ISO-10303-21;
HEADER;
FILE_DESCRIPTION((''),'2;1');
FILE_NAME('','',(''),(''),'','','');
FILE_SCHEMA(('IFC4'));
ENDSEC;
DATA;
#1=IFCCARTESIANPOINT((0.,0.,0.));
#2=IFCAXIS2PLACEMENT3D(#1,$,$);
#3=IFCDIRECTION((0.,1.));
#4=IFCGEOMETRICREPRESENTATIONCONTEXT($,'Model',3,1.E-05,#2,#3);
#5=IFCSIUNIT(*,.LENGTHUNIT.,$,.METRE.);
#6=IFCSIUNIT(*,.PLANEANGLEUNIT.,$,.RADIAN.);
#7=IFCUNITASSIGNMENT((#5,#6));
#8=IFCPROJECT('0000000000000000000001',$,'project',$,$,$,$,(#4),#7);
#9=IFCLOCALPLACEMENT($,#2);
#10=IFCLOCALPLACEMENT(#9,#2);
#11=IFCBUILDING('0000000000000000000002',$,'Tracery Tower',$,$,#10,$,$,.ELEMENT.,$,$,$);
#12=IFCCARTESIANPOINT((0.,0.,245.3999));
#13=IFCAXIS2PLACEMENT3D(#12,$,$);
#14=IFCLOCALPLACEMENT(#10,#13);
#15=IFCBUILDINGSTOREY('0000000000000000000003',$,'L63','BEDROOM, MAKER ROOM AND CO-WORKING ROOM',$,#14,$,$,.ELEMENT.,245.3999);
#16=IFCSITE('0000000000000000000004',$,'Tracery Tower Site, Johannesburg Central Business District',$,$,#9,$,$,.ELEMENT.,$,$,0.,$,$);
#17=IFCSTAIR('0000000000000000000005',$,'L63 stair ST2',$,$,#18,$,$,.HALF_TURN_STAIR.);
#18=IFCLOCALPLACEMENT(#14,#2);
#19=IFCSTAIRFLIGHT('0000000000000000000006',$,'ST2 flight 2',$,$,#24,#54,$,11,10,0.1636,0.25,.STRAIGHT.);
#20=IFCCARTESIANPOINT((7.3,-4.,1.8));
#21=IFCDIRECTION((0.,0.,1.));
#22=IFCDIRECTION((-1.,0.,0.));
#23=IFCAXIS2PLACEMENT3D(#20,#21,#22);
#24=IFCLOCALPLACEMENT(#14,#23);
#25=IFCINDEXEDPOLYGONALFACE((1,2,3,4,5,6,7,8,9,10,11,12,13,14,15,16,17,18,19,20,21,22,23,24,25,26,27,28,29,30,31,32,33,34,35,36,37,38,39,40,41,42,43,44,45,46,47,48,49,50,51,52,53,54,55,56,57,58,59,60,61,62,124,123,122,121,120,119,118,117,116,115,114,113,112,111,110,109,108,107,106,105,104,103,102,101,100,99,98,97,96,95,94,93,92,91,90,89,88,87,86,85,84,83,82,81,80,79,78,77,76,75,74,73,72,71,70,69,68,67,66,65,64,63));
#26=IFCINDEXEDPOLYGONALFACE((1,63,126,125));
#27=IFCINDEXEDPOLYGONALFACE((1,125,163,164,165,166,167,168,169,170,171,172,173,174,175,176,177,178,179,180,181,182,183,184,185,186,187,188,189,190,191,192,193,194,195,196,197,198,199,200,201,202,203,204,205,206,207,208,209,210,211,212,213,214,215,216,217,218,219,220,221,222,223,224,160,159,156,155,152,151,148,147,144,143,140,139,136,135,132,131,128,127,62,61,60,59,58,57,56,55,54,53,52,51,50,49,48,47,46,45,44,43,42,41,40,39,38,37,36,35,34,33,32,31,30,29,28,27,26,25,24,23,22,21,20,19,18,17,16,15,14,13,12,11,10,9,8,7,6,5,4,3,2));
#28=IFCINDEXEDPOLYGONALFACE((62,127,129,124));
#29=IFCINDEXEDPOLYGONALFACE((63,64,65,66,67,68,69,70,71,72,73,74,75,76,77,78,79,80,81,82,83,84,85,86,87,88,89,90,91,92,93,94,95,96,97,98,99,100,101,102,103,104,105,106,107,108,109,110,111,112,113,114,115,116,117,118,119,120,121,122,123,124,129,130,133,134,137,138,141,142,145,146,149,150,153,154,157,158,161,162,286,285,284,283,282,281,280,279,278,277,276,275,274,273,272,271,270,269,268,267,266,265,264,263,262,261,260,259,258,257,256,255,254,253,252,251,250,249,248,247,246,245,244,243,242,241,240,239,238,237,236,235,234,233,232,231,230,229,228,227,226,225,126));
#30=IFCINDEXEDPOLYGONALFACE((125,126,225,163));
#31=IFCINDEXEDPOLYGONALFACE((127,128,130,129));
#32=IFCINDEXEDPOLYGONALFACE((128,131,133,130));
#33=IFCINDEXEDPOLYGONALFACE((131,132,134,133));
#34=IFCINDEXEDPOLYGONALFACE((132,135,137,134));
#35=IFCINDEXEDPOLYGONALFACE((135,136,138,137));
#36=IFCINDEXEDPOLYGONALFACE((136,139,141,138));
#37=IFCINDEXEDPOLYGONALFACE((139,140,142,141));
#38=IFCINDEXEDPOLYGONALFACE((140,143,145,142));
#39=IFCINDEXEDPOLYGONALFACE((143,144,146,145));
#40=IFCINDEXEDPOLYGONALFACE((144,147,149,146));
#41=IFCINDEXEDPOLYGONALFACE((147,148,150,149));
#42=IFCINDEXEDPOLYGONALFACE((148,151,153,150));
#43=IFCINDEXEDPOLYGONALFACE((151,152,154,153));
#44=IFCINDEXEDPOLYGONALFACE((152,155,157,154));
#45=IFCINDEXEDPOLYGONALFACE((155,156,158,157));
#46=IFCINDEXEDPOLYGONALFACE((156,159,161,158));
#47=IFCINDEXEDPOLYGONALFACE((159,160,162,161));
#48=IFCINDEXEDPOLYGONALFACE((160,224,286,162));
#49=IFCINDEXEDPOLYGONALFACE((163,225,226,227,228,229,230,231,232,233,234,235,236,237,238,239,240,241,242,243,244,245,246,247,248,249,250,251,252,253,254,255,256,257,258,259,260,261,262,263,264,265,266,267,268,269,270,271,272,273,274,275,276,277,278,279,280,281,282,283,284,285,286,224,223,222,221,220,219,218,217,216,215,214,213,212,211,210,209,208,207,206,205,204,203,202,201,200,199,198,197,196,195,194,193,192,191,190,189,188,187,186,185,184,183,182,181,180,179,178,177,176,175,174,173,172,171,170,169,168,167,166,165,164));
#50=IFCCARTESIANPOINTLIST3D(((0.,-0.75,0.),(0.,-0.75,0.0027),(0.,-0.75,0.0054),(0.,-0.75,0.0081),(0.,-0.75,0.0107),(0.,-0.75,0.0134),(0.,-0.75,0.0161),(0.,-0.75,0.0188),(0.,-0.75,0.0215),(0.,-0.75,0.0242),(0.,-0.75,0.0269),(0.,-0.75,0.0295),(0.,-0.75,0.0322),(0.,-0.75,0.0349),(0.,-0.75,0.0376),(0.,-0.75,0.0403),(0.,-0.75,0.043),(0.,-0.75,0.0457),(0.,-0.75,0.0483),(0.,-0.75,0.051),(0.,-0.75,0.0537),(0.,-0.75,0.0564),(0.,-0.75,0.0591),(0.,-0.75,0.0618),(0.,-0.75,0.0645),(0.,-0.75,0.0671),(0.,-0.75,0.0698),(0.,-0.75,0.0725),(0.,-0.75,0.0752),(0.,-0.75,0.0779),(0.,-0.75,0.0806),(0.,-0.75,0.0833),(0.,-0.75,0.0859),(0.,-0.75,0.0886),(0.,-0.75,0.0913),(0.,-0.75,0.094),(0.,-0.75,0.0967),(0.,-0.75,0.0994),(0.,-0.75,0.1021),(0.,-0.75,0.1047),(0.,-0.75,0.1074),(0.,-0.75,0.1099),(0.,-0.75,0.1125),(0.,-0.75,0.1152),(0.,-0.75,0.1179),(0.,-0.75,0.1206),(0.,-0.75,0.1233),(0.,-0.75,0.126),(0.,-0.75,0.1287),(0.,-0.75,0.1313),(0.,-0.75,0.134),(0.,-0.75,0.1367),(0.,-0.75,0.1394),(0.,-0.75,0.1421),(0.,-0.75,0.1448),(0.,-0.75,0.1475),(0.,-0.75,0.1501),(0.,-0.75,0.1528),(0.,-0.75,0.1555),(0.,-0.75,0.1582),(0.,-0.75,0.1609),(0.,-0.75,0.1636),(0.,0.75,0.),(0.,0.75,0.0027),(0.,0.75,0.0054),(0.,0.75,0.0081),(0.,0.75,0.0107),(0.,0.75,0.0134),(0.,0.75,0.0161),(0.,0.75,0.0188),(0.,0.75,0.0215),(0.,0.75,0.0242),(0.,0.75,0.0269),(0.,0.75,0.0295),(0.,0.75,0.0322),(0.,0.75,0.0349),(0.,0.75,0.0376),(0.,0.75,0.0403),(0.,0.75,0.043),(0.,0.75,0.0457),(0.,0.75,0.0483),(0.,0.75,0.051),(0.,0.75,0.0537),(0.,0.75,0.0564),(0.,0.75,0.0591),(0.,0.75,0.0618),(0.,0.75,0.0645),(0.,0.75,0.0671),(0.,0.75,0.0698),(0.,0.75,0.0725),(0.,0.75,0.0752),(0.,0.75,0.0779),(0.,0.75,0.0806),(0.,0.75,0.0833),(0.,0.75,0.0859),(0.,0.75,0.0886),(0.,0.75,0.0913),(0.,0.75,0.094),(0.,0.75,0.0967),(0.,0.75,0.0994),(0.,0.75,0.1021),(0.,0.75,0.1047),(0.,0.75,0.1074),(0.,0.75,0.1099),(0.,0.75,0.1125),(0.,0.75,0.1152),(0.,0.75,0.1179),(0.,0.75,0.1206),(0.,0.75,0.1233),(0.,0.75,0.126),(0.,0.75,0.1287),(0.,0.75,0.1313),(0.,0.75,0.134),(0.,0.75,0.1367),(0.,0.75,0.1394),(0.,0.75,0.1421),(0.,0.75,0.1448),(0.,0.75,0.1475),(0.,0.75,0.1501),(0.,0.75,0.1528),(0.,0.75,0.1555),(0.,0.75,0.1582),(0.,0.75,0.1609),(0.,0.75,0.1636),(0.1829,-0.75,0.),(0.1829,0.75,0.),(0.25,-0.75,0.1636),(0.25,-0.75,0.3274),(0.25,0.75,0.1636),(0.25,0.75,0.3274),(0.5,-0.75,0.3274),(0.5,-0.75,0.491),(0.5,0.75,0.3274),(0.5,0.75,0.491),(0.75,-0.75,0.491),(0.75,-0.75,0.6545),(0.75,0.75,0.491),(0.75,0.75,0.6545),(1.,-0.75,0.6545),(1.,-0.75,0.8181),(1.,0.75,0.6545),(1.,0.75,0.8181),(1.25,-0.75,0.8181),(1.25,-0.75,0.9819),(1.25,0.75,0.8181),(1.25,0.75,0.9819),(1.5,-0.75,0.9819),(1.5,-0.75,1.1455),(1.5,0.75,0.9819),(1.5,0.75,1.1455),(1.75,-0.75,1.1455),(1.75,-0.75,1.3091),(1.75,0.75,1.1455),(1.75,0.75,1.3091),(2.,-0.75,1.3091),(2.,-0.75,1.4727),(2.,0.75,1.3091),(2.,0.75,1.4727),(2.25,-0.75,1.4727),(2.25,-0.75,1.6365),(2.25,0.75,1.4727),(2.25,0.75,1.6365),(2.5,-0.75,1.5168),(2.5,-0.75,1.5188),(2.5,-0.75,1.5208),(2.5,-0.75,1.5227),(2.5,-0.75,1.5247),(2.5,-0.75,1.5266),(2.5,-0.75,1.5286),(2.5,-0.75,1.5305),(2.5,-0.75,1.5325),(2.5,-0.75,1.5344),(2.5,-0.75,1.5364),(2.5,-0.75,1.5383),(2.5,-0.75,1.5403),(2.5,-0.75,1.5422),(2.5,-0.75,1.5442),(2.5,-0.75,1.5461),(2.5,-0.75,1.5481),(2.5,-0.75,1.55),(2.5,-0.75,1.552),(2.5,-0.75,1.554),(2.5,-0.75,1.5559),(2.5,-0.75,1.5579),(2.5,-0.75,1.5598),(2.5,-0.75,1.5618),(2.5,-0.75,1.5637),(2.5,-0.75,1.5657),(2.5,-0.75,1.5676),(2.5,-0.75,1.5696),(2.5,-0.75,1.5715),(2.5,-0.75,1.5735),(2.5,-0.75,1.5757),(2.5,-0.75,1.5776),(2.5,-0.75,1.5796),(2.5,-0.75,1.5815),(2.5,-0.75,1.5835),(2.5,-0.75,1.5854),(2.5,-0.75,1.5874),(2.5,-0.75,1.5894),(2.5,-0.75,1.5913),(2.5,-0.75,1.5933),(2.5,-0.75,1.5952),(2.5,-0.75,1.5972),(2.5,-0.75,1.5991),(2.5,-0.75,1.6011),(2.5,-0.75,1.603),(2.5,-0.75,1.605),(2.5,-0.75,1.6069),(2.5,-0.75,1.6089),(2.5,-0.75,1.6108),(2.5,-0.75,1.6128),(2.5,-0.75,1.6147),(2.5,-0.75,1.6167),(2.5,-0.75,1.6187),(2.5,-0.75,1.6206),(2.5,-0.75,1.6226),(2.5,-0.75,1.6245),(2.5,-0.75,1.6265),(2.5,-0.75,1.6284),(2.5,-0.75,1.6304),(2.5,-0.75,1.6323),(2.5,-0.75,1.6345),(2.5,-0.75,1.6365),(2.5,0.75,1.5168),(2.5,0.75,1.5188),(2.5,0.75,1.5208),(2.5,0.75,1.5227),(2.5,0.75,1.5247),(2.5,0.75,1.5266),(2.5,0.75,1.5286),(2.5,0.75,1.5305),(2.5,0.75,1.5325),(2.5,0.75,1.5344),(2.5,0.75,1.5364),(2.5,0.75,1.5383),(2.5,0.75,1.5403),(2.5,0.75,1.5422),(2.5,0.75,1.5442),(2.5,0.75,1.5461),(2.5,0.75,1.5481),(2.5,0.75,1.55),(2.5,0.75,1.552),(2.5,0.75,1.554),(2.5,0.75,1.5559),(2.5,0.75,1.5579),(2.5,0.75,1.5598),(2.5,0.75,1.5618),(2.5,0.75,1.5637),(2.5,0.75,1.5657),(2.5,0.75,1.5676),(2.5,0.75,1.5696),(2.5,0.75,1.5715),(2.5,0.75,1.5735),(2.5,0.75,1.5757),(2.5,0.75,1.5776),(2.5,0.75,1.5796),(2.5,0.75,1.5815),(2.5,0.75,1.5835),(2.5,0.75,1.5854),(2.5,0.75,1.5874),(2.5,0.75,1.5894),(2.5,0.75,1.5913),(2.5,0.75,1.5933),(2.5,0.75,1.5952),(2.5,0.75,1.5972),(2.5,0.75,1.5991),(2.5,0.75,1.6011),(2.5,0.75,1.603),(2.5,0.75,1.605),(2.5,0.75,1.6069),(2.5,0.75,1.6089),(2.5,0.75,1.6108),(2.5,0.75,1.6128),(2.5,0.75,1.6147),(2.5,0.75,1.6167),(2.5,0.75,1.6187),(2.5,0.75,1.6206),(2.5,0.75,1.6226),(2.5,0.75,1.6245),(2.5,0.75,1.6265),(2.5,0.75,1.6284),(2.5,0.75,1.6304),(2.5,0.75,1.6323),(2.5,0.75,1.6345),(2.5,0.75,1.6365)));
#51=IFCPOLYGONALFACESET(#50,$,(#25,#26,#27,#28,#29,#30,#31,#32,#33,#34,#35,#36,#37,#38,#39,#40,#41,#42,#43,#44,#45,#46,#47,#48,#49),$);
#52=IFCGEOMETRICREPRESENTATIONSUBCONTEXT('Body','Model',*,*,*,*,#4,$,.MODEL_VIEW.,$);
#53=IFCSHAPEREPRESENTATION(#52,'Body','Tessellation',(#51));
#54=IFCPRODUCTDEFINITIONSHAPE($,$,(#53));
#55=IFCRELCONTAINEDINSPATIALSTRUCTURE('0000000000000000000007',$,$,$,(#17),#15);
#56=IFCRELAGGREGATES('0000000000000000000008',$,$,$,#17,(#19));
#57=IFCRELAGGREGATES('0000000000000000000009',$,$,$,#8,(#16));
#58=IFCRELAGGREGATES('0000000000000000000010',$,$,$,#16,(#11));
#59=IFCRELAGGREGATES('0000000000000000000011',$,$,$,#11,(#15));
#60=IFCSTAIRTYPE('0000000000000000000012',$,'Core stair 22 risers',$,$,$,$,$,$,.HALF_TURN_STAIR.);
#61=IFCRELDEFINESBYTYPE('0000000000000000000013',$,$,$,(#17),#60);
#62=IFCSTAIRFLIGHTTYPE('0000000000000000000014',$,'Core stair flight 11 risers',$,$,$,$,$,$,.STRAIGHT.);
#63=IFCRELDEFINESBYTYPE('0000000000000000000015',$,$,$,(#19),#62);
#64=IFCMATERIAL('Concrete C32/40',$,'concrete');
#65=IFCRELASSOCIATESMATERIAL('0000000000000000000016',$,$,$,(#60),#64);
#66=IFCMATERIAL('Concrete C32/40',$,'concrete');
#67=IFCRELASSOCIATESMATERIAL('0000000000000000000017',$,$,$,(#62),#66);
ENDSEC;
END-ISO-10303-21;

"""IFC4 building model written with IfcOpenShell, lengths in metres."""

from ifc_helpers import new_model, si_unit, direction, frame, origin, place, context, subcontext, project, spatial, polyline, outline, extrude, material, type_object, element, aggregate, save


model = new_model("IFC4")

# Units and contexts
model_context = context("Model", 3, precision=1e-05, world=origin(), true_north=direction((0.0, 1.0)))
body_context = subcontext(model_context, "Body", "Model", "MODEL_VIEW")
ifc_project = project(units=[si_unit("LENGTHUNIT", "METRE"), si_unit("PLANEANGLEUNIT", "RADIAN")], contexts=[model_context])

# Site, building, storey
site_placement = place(None, origin())
site = spatial("IfcSite", under=ifc_project, at=site_placement, Name="Tracery Tower Site, Johannesburg Central Business District", CompositionType="ELEMENT", RefElevation=0.0)
building_placement = place(site_placement, origin())
building = spatial("IfcBuilding", under=site, at=building_placement, Name="Tracery Tower", CompositionType="ELEMENT")
storey_placement = place(building_placement, frame((0.0, 0.0, 245.3999)))
storey = spatial("IfcBuildingStorey", under=building, at=storey_placement, Name="L63", Description="BEDROOM, MAKER ROOM AND CO-WORKING ROOM", CompositionType="ELEMENT", Elevation=245.3999)

# Shared definitions
ifc_material_1 = material(Name="Concrete C32/40", Category="concrete")
stair_type = type_object("IfcStairType", Name="Core stair 22 risers", PredefinedType="HALF_TURN_STAIR", material=ifc_material_1)

# Stair, stair flight
stair_1_placement = place(storey_placement, origin())
stair_1 = element("IfcStair", 1, at=stair_1_placement, inside=storey, type_object=stair_type, Name="L63 stair ST2", PredefinedType="HALF_TURN_STAIR")
ifc_material_2 = material(Name="Concrete C32/40", Category="concrete")
stair_flight_type = type_object("IfcStairFlightType", Name="Core stair flight 11 risers", PredefinedType="STRAIGHT", material=ifc_material_2)
stair_flight_1_placement = place(storey_placement, frame((7.3, -4.0, 1.8), z_axis=(0.0, 0.0, 1.0), x_axis=(-1.0, 0.0, 0.0)))
stair_flight_1 = element("IfcStairFlight", 2, at=stair_flight_1_placement, type_object=stair_flight_type, Name="ST2 flight 2", NumberOfRisers=11, NumberOfTreads=10, PredefinedType="STRAIGHT", RiserHeight=0.1636, TreadLength=0.25, context=body_context, shape_type="SweptSolid", body=[
    extrude(outline(polyline([(0.0, 0.0), (0.0, 0.0027), (0.0, 0.0054), (0.0, 0.0081), (0.0, 0.0107), (0.0, 0.0134), (0.0, 0.0161), (0.0, 0.0188), (0.0, 0.0215), (0.0, 0.0242), (0.0, 0.0269), (0.0, 0.0295), (0.0, 0.0322), (0.0, 0.0349), (0.0, 0.0376), (0.0, 0.0403), (0.0, 0.043), (0.0, 0.0457), (0.0, 0.0483), (0.0, 0.051), (0.0, 0.0537), (0.0, 0.0564), (0.0, 0.0591), (0.0, 0.0618), (0.0, 0.0645), (0.0, 0.0671), (0.0, 0.0698), (0.0, 0.0725), (0.0, 0.0752), (0.0, 0.0779), (0.0, 0.0806), (0.0, 0.0833), (0.0, 0.0859), (0.0, 0.0886), (0.0, 0.0913), (0.0, 0.094), (0.0, 0.0967), (0.0, 0.0994), (0.0, 0.1021), (0.0, 0.1047), (0.0, 0.1074), (0.0, 0.1099), (0.0, 0.1125), (0.0, 0.1152), (0.0, 0.1179), (0.0, 0.1206), (0.0, 0.1233), (0.0, 0.126), (0.0, 0.1287), (0.0, 0.1313), (0.0, 0.134), (0.0, 0.1367), (0.0, 0.1394), (0.0, 0.1421), (0.0, 0.1448), (0.0, 0.1475), (0.0, 0.1501), (0.0, 0.1528), (0.0, 0.1555), (0.0, 0.1582), (0.0, 0.1609), (0.0, 0.1636), (0.25, 0.1636), (0.25, 0.3274), (0.5, 0.3274), (0.5, 0.491), (0.75, 0.491), (0.75, 0.6545), (1.0, 0.6545), (1.0, 0.8181), (1.25, 0.8181), (1.25, 0.9819), (1.5, 0.9819), (1.5, 1.1455), (1.75, 1.1455), (1.75, 1.3091), (2.0, 1.3091), (2.0, 1.4727), (2.25, 1.4727), (2.25, 1.6365), (2.5, 1.6365), (2.5, 1.6345), (2.5, 1.6323), (2.5, 1.6304), (2.5, 1.6284), (2.5, 1.6265), (2.5, 1.6245), (2.5, 1.6226), (2.5, 1.6206), (2.5, 1.6187), (2.5, 1.6167), (2.5, 1.6147), (2.5, 1.6128), (2.5, 1.6108), (2.5, 1.6089), (2.5, 1.6069), (2.5, 1.605), (2.5, 1.603), (2.5, 1.6011), (2.5, 1.5991), (2.5, 1.5972), (2.5, 1.5952), (2.5, 1.5933), (2.5, 1.5913), (2.5, 1.5894), (2.5, 1.5874), (2.5, 1.5854), (2.5, 1.5835), (2.5, 1.5815), (2.5, 1.5796), (2.5, 1.5776), (2.5, 1.5757), (2.5, 1.5735), (2.5, 1.5715), (2.5, 1.5696), (2.5, 1.5676), (2.5, 1.5657), (2.5, 1.5637), (2.5, 1.5618), (2.5, 1.5598), (2.5, 1.5579), (2.5, 1.5559), (2.5, 1.554), (2.5, 1.552), (2.5, 1.55), (2.5, 1.5481), (2.5, 1.5461), (2.5, 1.5442), (2.5, 1.5422), (2.5, 1.5403), (2.5, 1.5383), (2.5, 1.5364), (2.5, 1.5344), (2.5, 1.5325), (2.5, 1.5305), (2.5, 1.5286), (2.5, 1.5266), (2.5, 1.5247), (2.5, 1.5227), (2.5, 1.5208), (2.5, 1.5188), (2.5, 1.5168), (0.1829, 0.0), (0.0, 0.0)])), frame((0.0, 0.75, 0.0), z_axis=(0.0, -1.0, 0.0), x_axis=(1.0, 0.0, 0.0)), (0.0, 0.0, 1.0), 1.5),
])
aggregate(stair_1, [stair_flight_1])

save(model, "model.ifc")
